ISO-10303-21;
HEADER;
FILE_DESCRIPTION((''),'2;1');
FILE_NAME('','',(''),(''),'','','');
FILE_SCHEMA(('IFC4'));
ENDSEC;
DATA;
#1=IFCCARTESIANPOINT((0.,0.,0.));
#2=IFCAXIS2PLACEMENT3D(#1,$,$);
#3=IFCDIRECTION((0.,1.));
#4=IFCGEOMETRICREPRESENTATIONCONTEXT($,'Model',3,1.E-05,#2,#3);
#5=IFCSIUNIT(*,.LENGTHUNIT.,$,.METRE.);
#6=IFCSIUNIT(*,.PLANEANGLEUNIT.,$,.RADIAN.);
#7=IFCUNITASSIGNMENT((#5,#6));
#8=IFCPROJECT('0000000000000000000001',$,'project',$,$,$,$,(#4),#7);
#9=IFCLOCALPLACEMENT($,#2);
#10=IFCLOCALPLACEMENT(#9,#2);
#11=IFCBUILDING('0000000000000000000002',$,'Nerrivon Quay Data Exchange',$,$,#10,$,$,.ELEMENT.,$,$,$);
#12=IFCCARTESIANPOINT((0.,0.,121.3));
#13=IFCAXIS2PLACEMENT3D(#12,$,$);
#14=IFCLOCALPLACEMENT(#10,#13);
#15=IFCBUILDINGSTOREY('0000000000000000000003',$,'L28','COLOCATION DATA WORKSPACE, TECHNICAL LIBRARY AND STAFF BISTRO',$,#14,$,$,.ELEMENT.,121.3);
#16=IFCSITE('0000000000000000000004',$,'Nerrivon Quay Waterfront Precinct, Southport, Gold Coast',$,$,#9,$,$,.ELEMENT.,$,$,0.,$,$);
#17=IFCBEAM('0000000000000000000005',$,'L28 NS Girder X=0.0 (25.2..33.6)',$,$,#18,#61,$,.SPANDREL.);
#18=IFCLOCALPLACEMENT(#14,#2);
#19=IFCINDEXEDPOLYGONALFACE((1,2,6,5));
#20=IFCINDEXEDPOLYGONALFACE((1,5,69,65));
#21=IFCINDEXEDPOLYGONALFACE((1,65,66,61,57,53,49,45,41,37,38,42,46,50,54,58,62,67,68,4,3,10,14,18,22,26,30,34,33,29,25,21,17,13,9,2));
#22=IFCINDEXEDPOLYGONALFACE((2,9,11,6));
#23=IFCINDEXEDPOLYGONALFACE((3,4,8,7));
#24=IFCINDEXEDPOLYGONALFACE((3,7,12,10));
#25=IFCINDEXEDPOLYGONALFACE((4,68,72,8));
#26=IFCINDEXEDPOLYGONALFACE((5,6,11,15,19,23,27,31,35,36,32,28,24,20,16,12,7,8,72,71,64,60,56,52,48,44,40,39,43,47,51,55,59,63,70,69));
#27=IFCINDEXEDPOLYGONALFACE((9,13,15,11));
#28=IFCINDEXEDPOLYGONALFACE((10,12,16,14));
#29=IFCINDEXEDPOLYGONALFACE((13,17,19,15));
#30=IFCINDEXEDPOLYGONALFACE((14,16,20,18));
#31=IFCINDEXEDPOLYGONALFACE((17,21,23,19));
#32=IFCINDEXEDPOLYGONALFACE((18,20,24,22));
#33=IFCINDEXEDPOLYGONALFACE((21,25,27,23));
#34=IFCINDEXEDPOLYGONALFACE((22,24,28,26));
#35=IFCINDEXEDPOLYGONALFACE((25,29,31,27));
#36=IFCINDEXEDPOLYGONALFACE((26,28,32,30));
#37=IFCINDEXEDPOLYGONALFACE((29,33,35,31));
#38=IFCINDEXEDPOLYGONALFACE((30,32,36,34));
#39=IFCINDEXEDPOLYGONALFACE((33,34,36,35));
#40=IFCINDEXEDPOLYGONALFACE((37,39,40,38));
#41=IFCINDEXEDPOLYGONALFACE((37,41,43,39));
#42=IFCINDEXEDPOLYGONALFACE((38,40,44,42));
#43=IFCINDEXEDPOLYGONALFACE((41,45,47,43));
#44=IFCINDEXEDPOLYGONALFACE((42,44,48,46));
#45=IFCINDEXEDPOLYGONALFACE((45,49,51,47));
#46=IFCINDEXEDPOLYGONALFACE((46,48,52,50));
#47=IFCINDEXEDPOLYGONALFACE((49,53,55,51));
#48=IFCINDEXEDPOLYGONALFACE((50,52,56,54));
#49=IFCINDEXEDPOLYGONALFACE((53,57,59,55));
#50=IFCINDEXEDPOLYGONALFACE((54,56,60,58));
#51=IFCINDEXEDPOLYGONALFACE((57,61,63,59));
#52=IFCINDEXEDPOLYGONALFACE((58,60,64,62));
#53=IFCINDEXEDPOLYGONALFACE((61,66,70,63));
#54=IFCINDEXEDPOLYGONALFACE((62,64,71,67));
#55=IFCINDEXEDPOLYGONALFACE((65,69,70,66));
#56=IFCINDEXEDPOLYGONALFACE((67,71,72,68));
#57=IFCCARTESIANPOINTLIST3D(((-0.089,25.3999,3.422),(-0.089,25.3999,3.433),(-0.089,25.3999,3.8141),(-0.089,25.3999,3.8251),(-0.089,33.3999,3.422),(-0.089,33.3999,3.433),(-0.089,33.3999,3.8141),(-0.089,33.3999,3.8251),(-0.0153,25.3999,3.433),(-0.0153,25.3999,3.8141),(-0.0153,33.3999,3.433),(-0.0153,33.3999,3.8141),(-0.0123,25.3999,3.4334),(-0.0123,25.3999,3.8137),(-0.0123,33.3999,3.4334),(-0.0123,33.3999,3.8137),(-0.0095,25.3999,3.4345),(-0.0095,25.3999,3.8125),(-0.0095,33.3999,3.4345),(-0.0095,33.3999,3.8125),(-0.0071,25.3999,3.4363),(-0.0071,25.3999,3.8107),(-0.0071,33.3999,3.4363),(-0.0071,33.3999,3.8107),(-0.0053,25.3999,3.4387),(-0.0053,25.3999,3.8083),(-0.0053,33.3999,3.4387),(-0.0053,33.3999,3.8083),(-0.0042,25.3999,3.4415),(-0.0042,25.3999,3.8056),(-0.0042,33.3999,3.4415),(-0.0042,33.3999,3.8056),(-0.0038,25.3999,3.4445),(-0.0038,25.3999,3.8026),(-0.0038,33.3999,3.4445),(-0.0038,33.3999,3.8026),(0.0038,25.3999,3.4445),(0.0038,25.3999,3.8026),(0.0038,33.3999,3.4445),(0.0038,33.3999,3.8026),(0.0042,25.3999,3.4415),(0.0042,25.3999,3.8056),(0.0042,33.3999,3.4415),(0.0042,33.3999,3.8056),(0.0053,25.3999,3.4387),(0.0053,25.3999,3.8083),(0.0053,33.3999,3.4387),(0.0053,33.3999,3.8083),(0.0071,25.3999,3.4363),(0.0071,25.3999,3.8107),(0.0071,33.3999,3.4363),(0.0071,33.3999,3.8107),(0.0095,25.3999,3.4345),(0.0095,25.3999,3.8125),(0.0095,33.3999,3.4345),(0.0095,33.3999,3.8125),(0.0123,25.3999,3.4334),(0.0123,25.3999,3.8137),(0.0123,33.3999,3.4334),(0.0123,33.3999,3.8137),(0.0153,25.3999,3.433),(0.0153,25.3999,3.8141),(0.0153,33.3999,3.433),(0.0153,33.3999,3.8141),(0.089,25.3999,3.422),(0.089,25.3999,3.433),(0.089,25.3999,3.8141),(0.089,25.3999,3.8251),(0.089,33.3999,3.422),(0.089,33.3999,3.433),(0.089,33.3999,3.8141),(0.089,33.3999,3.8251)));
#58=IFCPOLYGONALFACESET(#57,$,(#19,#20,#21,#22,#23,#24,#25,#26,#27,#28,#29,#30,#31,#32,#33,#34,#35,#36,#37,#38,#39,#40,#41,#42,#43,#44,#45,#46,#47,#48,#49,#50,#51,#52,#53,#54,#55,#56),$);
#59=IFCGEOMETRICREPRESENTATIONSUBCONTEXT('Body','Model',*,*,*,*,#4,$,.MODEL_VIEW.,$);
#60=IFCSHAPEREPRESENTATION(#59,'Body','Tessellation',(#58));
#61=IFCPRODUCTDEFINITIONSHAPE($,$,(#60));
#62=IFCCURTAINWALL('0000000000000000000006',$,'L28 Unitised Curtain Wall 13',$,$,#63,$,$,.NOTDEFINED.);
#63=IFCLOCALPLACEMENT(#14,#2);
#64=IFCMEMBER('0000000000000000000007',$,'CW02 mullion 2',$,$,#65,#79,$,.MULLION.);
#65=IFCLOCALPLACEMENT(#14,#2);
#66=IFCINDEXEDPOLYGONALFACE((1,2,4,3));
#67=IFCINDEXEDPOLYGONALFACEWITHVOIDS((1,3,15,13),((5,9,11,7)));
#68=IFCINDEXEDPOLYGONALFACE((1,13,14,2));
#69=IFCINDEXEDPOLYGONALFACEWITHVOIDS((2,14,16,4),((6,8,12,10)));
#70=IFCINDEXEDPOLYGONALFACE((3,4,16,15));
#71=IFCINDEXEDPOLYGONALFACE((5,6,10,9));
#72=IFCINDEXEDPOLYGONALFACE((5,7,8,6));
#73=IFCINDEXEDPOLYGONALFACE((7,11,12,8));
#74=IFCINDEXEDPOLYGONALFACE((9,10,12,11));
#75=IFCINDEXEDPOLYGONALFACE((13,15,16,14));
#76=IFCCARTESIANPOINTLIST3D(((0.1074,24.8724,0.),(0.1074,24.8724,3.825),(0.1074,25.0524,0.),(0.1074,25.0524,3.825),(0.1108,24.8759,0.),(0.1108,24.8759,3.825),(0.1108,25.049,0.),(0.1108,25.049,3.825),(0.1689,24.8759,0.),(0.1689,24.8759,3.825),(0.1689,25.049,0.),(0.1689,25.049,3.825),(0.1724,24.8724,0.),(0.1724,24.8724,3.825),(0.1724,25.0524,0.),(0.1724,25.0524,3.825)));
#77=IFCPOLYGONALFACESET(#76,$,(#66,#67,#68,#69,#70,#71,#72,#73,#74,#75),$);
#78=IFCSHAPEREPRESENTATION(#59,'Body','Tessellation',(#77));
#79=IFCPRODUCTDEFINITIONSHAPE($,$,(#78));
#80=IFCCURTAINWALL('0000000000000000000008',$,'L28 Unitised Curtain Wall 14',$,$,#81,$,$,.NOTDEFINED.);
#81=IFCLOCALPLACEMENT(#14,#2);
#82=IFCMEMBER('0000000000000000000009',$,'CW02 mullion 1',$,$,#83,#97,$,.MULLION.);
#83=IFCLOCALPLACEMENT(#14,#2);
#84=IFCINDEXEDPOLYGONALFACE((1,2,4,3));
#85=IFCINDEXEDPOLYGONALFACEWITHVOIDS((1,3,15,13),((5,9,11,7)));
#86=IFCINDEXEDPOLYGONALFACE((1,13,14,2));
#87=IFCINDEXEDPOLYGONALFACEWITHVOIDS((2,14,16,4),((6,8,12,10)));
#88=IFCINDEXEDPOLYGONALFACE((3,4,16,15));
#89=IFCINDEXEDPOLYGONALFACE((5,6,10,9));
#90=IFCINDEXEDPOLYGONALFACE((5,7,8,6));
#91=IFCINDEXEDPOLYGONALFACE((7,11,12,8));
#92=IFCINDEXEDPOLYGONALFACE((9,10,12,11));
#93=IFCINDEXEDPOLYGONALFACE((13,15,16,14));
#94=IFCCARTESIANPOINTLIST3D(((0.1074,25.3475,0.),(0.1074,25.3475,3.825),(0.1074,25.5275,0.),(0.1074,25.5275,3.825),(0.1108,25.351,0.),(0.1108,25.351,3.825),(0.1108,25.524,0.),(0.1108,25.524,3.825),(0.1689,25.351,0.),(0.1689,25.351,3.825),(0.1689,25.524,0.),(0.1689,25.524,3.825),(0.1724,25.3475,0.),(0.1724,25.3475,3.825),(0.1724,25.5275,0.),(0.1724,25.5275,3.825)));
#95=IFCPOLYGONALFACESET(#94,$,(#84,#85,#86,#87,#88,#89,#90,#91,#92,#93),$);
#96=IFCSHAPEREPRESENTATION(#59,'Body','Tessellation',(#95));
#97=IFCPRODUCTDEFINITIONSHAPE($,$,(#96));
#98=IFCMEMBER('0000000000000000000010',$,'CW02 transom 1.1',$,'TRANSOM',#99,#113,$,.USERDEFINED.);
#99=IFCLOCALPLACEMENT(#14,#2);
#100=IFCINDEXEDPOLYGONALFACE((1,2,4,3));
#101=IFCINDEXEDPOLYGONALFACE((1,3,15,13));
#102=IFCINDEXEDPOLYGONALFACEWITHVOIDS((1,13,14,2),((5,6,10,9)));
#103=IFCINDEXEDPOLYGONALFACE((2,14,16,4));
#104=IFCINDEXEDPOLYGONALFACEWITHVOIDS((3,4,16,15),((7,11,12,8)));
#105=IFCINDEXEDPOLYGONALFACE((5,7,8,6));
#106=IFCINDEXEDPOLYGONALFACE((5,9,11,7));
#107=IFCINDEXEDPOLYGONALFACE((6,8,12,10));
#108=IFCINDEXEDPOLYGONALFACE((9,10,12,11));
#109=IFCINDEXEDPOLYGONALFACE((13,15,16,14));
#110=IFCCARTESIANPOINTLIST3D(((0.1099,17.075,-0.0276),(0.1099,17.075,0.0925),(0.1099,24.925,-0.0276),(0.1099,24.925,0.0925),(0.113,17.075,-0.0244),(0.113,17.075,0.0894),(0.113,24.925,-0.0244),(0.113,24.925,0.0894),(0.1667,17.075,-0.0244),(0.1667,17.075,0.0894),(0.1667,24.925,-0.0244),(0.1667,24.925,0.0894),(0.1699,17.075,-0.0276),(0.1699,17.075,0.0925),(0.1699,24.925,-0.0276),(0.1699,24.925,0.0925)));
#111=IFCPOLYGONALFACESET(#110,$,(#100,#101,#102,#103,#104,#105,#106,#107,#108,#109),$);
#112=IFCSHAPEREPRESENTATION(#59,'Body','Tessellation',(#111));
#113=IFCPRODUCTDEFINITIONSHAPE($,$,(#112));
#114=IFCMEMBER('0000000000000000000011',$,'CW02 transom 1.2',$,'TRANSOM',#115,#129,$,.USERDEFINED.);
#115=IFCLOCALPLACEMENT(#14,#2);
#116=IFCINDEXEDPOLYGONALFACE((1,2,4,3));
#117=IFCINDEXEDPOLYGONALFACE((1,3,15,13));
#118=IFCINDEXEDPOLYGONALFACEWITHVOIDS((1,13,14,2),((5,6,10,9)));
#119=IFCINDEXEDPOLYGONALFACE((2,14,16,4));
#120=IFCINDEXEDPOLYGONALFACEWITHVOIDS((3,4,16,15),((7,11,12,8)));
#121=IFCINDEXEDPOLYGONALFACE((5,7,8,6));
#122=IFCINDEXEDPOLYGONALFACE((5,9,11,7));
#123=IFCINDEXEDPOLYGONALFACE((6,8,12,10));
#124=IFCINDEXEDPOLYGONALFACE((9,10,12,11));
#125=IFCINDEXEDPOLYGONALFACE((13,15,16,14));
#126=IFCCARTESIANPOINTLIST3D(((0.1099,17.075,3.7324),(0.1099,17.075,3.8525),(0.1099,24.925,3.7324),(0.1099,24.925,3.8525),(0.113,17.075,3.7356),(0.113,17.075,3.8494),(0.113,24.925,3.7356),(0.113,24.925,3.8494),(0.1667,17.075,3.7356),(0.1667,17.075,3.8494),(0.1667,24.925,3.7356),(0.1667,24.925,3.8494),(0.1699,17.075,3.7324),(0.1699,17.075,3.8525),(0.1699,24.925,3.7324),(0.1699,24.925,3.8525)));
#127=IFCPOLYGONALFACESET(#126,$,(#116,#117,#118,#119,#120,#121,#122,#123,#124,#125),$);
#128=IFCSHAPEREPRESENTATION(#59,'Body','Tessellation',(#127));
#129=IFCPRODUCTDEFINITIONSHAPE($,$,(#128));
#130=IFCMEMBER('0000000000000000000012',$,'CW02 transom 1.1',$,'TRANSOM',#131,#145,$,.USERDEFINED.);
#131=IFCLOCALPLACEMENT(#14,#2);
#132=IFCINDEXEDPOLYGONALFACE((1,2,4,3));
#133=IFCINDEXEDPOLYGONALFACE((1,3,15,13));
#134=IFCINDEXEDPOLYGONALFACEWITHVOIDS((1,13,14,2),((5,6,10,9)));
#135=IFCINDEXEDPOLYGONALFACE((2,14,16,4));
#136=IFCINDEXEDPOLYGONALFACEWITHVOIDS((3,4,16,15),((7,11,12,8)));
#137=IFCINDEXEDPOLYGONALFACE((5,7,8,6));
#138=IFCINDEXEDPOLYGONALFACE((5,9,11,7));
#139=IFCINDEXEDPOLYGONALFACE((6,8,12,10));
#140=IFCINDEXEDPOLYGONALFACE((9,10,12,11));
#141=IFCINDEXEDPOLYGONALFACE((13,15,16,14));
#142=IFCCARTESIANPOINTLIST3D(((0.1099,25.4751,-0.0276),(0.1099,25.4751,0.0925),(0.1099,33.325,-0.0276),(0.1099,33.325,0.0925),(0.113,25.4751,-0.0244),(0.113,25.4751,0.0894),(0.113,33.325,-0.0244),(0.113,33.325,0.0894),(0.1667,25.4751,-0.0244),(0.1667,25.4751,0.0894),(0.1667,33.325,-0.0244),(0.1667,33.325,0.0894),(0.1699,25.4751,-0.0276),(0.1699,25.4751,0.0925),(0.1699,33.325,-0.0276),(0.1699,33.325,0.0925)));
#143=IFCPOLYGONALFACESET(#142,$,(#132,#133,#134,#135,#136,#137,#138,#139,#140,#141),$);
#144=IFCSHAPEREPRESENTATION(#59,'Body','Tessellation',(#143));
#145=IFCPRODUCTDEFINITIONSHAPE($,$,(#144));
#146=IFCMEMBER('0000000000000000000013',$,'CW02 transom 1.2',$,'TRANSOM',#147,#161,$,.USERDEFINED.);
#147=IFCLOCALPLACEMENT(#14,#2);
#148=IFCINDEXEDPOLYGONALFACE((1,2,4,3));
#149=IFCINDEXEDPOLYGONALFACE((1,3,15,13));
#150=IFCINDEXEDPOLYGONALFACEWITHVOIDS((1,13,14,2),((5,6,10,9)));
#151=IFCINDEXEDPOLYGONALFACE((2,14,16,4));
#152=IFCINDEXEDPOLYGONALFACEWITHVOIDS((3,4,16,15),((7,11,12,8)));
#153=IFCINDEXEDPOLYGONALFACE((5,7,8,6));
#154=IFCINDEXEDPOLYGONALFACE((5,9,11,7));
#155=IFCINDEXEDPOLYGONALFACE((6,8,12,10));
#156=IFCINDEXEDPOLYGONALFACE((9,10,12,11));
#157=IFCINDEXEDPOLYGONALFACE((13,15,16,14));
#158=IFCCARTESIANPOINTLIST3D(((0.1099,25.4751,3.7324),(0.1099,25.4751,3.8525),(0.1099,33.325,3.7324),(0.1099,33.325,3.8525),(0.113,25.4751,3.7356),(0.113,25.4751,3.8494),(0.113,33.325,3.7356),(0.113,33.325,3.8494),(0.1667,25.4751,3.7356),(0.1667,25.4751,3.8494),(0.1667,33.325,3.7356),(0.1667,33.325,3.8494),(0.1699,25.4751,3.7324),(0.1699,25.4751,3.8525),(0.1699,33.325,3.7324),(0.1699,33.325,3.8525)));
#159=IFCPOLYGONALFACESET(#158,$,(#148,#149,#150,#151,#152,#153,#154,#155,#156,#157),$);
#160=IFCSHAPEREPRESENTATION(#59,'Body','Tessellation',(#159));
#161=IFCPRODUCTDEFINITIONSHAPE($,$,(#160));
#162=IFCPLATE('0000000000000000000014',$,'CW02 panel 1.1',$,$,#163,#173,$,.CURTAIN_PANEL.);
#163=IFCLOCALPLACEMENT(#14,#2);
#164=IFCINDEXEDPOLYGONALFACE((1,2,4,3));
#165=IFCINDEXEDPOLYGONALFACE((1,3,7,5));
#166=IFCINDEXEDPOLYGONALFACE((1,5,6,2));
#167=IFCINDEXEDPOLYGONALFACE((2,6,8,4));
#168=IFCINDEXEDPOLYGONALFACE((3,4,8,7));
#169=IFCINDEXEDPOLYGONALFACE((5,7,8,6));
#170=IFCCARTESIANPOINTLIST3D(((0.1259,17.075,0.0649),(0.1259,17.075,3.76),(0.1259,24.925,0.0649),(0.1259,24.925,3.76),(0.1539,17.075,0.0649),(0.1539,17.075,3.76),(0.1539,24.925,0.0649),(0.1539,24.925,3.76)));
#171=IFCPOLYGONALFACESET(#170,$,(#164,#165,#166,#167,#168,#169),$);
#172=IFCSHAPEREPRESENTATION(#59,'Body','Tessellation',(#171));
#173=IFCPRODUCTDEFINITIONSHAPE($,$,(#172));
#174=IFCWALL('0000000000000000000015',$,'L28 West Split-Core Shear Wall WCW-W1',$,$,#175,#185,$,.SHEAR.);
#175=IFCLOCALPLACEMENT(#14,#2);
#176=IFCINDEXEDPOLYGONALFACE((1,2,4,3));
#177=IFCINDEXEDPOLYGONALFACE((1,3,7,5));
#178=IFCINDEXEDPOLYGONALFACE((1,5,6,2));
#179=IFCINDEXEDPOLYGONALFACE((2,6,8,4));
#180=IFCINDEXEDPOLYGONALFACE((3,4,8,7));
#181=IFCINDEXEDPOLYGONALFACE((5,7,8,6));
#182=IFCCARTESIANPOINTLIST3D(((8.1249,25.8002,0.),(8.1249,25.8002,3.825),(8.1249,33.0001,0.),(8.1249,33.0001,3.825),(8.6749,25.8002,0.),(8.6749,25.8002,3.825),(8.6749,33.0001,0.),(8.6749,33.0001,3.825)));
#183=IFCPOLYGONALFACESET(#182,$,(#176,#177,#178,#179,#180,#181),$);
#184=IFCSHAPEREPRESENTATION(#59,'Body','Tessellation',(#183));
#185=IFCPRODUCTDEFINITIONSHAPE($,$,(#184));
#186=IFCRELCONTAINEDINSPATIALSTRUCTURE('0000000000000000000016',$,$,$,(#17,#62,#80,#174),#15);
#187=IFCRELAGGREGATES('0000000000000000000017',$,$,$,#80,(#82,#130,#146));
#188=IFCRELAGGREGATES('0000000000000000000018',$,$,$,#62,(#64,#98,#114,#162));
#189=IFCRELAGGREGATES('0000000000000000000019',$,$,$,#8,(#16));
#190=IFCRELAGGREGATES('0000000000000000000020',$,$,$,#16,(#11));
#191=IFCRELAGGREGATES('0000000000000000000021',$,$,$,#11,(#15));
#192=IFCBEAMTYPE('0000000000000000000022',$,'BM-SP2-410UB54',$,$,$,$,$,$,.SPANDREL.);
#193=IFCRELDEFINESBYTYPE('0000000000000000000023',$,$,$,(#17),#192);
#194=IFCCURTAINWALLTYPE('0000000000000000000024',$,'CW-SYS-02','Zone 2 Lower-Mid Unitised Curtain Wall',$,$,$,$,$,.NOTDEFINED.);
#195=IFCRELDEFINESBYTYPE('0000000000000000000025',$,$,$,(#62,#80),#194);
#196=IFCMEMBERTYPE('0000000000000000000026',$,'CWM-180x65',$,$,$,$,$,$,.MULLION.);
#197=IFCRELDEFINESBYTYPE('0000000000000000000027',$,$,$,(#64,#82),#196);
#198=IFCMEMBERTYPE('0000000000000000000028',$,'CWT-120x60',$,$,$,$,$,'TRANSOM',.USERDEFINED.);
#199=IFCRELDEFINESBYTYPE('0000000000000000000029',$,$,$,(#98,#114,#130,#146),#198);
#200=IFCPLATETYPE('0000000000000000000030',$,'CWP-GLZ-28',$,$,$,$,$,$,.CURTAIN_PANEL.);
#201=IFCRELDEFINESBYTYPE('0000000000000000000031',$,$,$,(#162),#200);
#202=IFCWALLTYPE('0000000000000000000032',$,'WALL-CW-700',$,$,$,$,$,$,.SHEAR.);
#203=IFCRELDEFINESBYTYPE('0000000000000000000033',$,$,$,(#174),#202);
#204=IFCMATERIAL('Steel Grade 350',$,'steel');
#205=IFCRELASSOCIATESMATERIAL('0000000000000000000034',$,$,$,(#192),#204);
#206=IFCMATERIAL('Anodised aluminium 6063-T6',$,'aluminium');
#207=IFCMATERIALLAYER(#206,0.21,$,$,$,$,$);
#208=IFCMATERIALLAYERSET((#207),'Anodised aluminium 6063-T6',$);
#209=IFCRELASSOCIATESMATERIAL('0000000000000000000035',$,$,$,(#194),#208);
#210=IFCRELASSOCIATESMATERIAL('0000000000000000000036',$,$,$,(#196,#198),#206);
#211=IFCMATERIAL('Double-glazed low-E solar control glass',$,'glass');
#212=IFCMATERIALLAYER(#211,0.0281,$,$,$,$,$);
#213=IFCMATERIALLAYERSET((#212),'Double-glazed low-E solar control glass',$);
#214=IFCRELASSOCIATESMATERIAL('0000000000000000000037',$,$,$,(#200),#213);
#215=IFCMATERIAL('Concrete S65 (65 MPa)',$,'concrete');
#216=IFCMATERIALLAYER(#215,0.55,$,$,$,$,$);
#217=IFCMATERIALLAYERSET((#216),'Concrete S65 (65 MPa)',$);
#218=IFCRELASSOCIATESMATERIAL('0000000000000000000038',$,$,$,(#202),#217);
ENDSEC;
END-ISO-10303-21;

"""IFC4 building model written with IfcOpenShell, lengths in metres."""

from ifc_helpers import new_model, si_unit, direction, frame, frame_2d, origin, origin_2d, place, context, subcontext, project, spatial, rectangle, hollow_rectangle, i_section, extrude, material, layer, layer_set, material_profile, profile_set, type_object, element, aggregate, save


model = new_model("IFC4")

# Units and contexts
model_context = context("Model", 3, precision=1e-05, world=origin(), true_north=direction((0.0, 1.0)))
body_context = subcontext(model_context, "Body", "Model", "MODEL_VIEW")
ifc_project = project(units=[si_unit("LENGTHUNIT", "METRE"), si_unit("PLANEANGLEUNIT", "RADIAN")], contexts=[model_context])

# Site, building, storey
site_placement = place(None, origin())
site = spatial("IfcSite", under=ifc_project, at=site_placement, Name="Nerrivon Quay Waterfront Precinct, Southport, Gold Coast", CompositionType="ELEMENT", RefElevation=0.0)
building_placement = place(site_placement, origin())
building = spatial("IfcBuilding", under=site, at=building_placement, Name="Nerrivon Quay Data Exchange", CompositionType="ELEMENT")
storey_placement = place(building_placement, frame((0.0, 0.0, 121.3)))
storey = spatial("IfcBuildingStorey", under=building, at=storey_placement, Name="L28", Description="COLOCATION DATA WORKSPACE, TECHNICAL LIBRARY AND STAFF BISTRO", CompositionType="ELEMENT", Elevation=121.3)

# Shared definitions
ifc_material_1 = material(Name="Concrete S65 (65 MPa)", Category="concrete")
ifc_material_2 = material(Name="Steel Grade 350", Category="steel")

# Beam
ifc_material_profile_1 = material_profile(ifc_material_2, i_section(OverallWidth=0.178, OverallDepth=0.4031, WebThickness=0.0076, FlangeThickness=0.011, FilletRadius=0.0115, at=origin_2d()), Name="410UB53.7")
ifc_profile_set_1 = profile_set([ifc_material_profile_1], Name="Steel Grade 350")
beam_type_1 = type_object("IfcBeamType", Name="BM-SP2-410UB54", PredefinedType="SPANDREL", material=ifc_profile_set_1)
beam_1_placement = place(storey_placement, frame((0.0, 25.3999, 3.6235), z_axis=(0.0, 1.0, 0.0), x_axis=(-1.0, 0.0, 0.0)))
element("IfcBeam", 1, at=beam_1_placement, inside=storey, type_object=beam_type_1, Name="L28 NS Girder X=0.0 (25.2..33.6)", PredefinedType="SPANDREL", context=body_context, shape_type="SweptSolid", body=[
    extrude(i_section(OverallWidth=0.178, OverallDepth=0.4031, WebThickness=0.0076, FlangeThickness=0.011, FilletRadius=0.0115, at=origin_2d()), origin(), (0.0, 0.0, 1.0), 8.0),
])

# Curtain walls, members
ifc_material_3 = material(Name="Anodised aluminium 6063-T6", Category="aluminium")
ifc_layer_1 = layer(ifc_material_3, 0.21)
ifc_layer_set_1 = layer_set([ifc_layer_1], Name="Anodised aluminium 6063-T6")
curtain_wall_type = type_object("IfcCurtainWallType", Name="CW-SYS-02", Description="Zone 2 Lower-Mid Unitised Curtain Wall", PredefinedType="NOTDEFINED", material=ifc_layer_set_1)
curtain_wall_1_placement = place(storey_placement, origin())
curtain_wall_1 = element("IfcCurtainWall", 2, at=curtain_wall_1_placement, inside=storey, type_object=curtain_wall_type, Name="L28 Unitised Curtain Wall 13", PredefinedType="NOTDEFINED")
ifc_material_profile_2 = material_profile(ifc_material_3, hollow_rectangle(XDim=0.0649, YDim=0.1799, WallThickness=0.0034, at=origin_2d()), Name="ALU-MULL-180x65")
ifc_profile_set_2 = profile_set([ifc_material_profile_2], Name="Anodised aluminium 6063-T6")
member_type_1 = type_object("IfcMemberType", Name="CWM-180x65", PredefinedType="MULLION", material=ifc_profile_set_2)
member_1_placement = place(storey_placement, frame((0.1399, 24.9624, 0.0), z_axis=(0.0, 0.0, 1.0), x_axis=(-1.0, 0.0, 0.0)))
member_1 = element("IfcMember", 3, at=member_1_placement, type_object=member_type_1, Name="CW02 mullion 2", PredefinedType="MULLION", context=body_context, shape_type="SweptSolid", body=[
    extrude(hollow_rectangle(XDim=0.0649, YDim=0.1799, WallThickness=0.0034, at=origin_2d()), origin(), (0.0, 0.0, 1.0), 3.825),
])
curtain_wall_2_placement = place(storey_placement, origin())
curtain_wall_2 = element("IfcCurtainWall", 4, at=curtain_wall_2_placement, inside=storey, type_object=curtain_wall_type, Name="L28 Unitised Curtain Wall 14", PredefinedType="NOTDEFINED")
member_2_placement = place(storey_placement, frame((0.1399, 25.4375, 0.0), z_axis=(0.0, 0.0, 1.0), x_axis=(-1.0, 0.0, 0.0)))
member_2 = element("IfcMember", 5, at=member_2_placement, type_object=member_type_1, Name="CW02 mullion 1", PredefinedType="MULLION", context=body_context, shape_type="SweptSolid", body=[
    extrude(hollow_rectangle(XDim=0.0649, YDim=0.1799, WallThickness=0.0034, at=origin_2d()), origin(), (0.0, 0.0, 1.0), 3.825),
])

# Members
ifc_material_profile_3 = material_profile(ifc_material_3, hollow_rectangle(XDim=0.0601, YDim=0.1201, WallThickness=0.0032, at=origin_2d()), Name="ALU-TRAN-120x60")
ifc_profile_set_3 = profile_set([ifc_material_profile_3], Name="Anodised aluminium 6063-T6")
member_type_2 = type_object("IfcMemberType", Name="CWT-120x60", ElementType="TRANSOM", PredefinedType="USERDEFINED", material=ifc_profile_set_3)
member_3_placement = place(storey_placement, frame((0.1399, 17.075, 0.0325), z_axis=(0.0, 1.0, 0.0), x_axis=(-1.0, 0.0, 0.0)))
member_3 = element("IfcMember", 6, at=member_3_placement, type_object=member_type_2, Name="CW02 transom 1.1", ObjectType="TRANSOM", PredefinedType="USERDEFINED", context=body_context, shape_type="SweptSolid", body=[
    extrude(hollow_rectangle(XDim=0.0601, YDim=0.1201, WallThickness=0.0032, at=origin_2d()), origin(), (0.0, 0.0, 1.0), 7.8501),
])
member_4_placement = place(storey_placement, frame((0.1399, 17.075, 3.7925), z_axis=(0.0, 1.0, 0.0), x_axis=(-1.0, 0.0, 0.0)))
member_4 = element("IfcMember", 7, at=member_4_placement, type_object=member_type_2, Name="CW02 transom 1.2", ObjectType="TRANSOM", PredefinedType="USERDEFINED", context=body_context, shape_type="SweptSolid", body=[
    extrude(hollow_rectangle(XDim=0.0601, YDim=0.1201, WallThickness=0.0032, at=origin_2d()), origin(), (0.0, 0.0, 1.0), 7.8501),
])
member_5_placement = place(storey_placement, frame((0.1399, 25.4751, 0.0325), z_axis=(0.0, 1.0, 0.0), x_axis=(-1.0, 0.0, 0.0)))
member_5 = element("IfcMember", 8, at=member_5_placement, type_object=member_type_2, Name="CW02 transom 1.1", ObjectType="TRANSOM", PredefinedType="USERDEFINED", context=body_context, shape_type="SweptSolid", body=[
    extrude(hollow_rectangle(XDim=0.0601, YDim=0.1201, WallThickness=0.0032, at=origin_2d()), origin(), (0.0, 0.0, 1.0), 7.8499),
])
member_6_placement = place(storey_placement, frame((0.1399, 25.4751, 3.7925), z_axis=(0.0, 1.0, 0.0), x_axis=(-1.0, 0.0, 0.0)))
member_6 = element("IfcMember", 9, at=member_6_placement, type_object=member_type_2, Name="CW02 transom 1.2", ObjectType="TRANSOM", PredefinedType="USERDEFINED", context=body_context, shape_type="SweptSolid", body=[
    extrude(hollow_rectangle(XDim=0.0601, YDim=0.1201, WallThickness=0.0032, at=origin_2d()), origin(), (0.0, 0.0, 1.0), 7.8499),
])
aggregate(curtain_wall_2, [member_2, member_5, member_6])

# Plate
ifc_material_4 = material(Name="Double-glazed low-E solar control glass", Category="glass")
ifc_layer_2 = layer(ifc_material_4, 0.0281)
ifc_layer_set_2 = layer_set([ifc_layer_2], Name="Double-glazed low-E solar control glass")
plate_type = type_object("IfcPlateType", Name="CWP-GLZ-28", PredefinedType="CURTAIN_PANEL", material=ifc_layer_set_2)
plate_placement = place(storey_placement, frame((0.1399, 21.0, 0.0649), z_axis=(0.0, 0.0, 1.0), x_axis=(0.0, 1.0, 0.0)))
plate = element("IfcPlate", 10, at=plate_placement, type_object=plate_type, Name="CW02 panel 1.1", PredefinedType="CURTAIN_PANEL", context=body_context, shape_type="SweptSolid", body=[
    extrude(rectangle(XDim=7.8501, YDim=0.0281, at=origin_2d()), origin(), (0.0, 0.0, 1.0), 3.6951),
])
aggregate(curtain_wall_1, [member_1, member_3, member_4, plate])

# Wall
ifc_layer_3 = layer(ifc_material_1, 0.55)
ifc_layer_set_3 = layer_set([ifc_layer_3], Name="Concrete S65 (65 MPa)")
wall_type_1 = type_object("IfcWallType", Name="WALL-CW-700", PredefinedType="SHEAR", material=ifc_layer_set_3)
wall_1_placement = place(storey_placement, frame((8.3999, 25.8, 0.0), z_axis=(0.0, 0.0, 1.0), x_axis=(0.0, 1.0, 0.0)))
element("IfcWall", 11, at=wall_1_placement, inside=storey, type_object=wall_type_1, Name="L28 West Split-Core Shear Wall WCW-W1", PredefinedType="SHEAR", context=body_context, shape_type="SweptSolid", body=[
    extrude(rectangle(XDim=7.2, YDim=0.55, at=frame_2d((3.6001, 0.0))), origin(), (0.0, 0.0, 1.0), 3.825),
])

save(model, "model.ifc")
